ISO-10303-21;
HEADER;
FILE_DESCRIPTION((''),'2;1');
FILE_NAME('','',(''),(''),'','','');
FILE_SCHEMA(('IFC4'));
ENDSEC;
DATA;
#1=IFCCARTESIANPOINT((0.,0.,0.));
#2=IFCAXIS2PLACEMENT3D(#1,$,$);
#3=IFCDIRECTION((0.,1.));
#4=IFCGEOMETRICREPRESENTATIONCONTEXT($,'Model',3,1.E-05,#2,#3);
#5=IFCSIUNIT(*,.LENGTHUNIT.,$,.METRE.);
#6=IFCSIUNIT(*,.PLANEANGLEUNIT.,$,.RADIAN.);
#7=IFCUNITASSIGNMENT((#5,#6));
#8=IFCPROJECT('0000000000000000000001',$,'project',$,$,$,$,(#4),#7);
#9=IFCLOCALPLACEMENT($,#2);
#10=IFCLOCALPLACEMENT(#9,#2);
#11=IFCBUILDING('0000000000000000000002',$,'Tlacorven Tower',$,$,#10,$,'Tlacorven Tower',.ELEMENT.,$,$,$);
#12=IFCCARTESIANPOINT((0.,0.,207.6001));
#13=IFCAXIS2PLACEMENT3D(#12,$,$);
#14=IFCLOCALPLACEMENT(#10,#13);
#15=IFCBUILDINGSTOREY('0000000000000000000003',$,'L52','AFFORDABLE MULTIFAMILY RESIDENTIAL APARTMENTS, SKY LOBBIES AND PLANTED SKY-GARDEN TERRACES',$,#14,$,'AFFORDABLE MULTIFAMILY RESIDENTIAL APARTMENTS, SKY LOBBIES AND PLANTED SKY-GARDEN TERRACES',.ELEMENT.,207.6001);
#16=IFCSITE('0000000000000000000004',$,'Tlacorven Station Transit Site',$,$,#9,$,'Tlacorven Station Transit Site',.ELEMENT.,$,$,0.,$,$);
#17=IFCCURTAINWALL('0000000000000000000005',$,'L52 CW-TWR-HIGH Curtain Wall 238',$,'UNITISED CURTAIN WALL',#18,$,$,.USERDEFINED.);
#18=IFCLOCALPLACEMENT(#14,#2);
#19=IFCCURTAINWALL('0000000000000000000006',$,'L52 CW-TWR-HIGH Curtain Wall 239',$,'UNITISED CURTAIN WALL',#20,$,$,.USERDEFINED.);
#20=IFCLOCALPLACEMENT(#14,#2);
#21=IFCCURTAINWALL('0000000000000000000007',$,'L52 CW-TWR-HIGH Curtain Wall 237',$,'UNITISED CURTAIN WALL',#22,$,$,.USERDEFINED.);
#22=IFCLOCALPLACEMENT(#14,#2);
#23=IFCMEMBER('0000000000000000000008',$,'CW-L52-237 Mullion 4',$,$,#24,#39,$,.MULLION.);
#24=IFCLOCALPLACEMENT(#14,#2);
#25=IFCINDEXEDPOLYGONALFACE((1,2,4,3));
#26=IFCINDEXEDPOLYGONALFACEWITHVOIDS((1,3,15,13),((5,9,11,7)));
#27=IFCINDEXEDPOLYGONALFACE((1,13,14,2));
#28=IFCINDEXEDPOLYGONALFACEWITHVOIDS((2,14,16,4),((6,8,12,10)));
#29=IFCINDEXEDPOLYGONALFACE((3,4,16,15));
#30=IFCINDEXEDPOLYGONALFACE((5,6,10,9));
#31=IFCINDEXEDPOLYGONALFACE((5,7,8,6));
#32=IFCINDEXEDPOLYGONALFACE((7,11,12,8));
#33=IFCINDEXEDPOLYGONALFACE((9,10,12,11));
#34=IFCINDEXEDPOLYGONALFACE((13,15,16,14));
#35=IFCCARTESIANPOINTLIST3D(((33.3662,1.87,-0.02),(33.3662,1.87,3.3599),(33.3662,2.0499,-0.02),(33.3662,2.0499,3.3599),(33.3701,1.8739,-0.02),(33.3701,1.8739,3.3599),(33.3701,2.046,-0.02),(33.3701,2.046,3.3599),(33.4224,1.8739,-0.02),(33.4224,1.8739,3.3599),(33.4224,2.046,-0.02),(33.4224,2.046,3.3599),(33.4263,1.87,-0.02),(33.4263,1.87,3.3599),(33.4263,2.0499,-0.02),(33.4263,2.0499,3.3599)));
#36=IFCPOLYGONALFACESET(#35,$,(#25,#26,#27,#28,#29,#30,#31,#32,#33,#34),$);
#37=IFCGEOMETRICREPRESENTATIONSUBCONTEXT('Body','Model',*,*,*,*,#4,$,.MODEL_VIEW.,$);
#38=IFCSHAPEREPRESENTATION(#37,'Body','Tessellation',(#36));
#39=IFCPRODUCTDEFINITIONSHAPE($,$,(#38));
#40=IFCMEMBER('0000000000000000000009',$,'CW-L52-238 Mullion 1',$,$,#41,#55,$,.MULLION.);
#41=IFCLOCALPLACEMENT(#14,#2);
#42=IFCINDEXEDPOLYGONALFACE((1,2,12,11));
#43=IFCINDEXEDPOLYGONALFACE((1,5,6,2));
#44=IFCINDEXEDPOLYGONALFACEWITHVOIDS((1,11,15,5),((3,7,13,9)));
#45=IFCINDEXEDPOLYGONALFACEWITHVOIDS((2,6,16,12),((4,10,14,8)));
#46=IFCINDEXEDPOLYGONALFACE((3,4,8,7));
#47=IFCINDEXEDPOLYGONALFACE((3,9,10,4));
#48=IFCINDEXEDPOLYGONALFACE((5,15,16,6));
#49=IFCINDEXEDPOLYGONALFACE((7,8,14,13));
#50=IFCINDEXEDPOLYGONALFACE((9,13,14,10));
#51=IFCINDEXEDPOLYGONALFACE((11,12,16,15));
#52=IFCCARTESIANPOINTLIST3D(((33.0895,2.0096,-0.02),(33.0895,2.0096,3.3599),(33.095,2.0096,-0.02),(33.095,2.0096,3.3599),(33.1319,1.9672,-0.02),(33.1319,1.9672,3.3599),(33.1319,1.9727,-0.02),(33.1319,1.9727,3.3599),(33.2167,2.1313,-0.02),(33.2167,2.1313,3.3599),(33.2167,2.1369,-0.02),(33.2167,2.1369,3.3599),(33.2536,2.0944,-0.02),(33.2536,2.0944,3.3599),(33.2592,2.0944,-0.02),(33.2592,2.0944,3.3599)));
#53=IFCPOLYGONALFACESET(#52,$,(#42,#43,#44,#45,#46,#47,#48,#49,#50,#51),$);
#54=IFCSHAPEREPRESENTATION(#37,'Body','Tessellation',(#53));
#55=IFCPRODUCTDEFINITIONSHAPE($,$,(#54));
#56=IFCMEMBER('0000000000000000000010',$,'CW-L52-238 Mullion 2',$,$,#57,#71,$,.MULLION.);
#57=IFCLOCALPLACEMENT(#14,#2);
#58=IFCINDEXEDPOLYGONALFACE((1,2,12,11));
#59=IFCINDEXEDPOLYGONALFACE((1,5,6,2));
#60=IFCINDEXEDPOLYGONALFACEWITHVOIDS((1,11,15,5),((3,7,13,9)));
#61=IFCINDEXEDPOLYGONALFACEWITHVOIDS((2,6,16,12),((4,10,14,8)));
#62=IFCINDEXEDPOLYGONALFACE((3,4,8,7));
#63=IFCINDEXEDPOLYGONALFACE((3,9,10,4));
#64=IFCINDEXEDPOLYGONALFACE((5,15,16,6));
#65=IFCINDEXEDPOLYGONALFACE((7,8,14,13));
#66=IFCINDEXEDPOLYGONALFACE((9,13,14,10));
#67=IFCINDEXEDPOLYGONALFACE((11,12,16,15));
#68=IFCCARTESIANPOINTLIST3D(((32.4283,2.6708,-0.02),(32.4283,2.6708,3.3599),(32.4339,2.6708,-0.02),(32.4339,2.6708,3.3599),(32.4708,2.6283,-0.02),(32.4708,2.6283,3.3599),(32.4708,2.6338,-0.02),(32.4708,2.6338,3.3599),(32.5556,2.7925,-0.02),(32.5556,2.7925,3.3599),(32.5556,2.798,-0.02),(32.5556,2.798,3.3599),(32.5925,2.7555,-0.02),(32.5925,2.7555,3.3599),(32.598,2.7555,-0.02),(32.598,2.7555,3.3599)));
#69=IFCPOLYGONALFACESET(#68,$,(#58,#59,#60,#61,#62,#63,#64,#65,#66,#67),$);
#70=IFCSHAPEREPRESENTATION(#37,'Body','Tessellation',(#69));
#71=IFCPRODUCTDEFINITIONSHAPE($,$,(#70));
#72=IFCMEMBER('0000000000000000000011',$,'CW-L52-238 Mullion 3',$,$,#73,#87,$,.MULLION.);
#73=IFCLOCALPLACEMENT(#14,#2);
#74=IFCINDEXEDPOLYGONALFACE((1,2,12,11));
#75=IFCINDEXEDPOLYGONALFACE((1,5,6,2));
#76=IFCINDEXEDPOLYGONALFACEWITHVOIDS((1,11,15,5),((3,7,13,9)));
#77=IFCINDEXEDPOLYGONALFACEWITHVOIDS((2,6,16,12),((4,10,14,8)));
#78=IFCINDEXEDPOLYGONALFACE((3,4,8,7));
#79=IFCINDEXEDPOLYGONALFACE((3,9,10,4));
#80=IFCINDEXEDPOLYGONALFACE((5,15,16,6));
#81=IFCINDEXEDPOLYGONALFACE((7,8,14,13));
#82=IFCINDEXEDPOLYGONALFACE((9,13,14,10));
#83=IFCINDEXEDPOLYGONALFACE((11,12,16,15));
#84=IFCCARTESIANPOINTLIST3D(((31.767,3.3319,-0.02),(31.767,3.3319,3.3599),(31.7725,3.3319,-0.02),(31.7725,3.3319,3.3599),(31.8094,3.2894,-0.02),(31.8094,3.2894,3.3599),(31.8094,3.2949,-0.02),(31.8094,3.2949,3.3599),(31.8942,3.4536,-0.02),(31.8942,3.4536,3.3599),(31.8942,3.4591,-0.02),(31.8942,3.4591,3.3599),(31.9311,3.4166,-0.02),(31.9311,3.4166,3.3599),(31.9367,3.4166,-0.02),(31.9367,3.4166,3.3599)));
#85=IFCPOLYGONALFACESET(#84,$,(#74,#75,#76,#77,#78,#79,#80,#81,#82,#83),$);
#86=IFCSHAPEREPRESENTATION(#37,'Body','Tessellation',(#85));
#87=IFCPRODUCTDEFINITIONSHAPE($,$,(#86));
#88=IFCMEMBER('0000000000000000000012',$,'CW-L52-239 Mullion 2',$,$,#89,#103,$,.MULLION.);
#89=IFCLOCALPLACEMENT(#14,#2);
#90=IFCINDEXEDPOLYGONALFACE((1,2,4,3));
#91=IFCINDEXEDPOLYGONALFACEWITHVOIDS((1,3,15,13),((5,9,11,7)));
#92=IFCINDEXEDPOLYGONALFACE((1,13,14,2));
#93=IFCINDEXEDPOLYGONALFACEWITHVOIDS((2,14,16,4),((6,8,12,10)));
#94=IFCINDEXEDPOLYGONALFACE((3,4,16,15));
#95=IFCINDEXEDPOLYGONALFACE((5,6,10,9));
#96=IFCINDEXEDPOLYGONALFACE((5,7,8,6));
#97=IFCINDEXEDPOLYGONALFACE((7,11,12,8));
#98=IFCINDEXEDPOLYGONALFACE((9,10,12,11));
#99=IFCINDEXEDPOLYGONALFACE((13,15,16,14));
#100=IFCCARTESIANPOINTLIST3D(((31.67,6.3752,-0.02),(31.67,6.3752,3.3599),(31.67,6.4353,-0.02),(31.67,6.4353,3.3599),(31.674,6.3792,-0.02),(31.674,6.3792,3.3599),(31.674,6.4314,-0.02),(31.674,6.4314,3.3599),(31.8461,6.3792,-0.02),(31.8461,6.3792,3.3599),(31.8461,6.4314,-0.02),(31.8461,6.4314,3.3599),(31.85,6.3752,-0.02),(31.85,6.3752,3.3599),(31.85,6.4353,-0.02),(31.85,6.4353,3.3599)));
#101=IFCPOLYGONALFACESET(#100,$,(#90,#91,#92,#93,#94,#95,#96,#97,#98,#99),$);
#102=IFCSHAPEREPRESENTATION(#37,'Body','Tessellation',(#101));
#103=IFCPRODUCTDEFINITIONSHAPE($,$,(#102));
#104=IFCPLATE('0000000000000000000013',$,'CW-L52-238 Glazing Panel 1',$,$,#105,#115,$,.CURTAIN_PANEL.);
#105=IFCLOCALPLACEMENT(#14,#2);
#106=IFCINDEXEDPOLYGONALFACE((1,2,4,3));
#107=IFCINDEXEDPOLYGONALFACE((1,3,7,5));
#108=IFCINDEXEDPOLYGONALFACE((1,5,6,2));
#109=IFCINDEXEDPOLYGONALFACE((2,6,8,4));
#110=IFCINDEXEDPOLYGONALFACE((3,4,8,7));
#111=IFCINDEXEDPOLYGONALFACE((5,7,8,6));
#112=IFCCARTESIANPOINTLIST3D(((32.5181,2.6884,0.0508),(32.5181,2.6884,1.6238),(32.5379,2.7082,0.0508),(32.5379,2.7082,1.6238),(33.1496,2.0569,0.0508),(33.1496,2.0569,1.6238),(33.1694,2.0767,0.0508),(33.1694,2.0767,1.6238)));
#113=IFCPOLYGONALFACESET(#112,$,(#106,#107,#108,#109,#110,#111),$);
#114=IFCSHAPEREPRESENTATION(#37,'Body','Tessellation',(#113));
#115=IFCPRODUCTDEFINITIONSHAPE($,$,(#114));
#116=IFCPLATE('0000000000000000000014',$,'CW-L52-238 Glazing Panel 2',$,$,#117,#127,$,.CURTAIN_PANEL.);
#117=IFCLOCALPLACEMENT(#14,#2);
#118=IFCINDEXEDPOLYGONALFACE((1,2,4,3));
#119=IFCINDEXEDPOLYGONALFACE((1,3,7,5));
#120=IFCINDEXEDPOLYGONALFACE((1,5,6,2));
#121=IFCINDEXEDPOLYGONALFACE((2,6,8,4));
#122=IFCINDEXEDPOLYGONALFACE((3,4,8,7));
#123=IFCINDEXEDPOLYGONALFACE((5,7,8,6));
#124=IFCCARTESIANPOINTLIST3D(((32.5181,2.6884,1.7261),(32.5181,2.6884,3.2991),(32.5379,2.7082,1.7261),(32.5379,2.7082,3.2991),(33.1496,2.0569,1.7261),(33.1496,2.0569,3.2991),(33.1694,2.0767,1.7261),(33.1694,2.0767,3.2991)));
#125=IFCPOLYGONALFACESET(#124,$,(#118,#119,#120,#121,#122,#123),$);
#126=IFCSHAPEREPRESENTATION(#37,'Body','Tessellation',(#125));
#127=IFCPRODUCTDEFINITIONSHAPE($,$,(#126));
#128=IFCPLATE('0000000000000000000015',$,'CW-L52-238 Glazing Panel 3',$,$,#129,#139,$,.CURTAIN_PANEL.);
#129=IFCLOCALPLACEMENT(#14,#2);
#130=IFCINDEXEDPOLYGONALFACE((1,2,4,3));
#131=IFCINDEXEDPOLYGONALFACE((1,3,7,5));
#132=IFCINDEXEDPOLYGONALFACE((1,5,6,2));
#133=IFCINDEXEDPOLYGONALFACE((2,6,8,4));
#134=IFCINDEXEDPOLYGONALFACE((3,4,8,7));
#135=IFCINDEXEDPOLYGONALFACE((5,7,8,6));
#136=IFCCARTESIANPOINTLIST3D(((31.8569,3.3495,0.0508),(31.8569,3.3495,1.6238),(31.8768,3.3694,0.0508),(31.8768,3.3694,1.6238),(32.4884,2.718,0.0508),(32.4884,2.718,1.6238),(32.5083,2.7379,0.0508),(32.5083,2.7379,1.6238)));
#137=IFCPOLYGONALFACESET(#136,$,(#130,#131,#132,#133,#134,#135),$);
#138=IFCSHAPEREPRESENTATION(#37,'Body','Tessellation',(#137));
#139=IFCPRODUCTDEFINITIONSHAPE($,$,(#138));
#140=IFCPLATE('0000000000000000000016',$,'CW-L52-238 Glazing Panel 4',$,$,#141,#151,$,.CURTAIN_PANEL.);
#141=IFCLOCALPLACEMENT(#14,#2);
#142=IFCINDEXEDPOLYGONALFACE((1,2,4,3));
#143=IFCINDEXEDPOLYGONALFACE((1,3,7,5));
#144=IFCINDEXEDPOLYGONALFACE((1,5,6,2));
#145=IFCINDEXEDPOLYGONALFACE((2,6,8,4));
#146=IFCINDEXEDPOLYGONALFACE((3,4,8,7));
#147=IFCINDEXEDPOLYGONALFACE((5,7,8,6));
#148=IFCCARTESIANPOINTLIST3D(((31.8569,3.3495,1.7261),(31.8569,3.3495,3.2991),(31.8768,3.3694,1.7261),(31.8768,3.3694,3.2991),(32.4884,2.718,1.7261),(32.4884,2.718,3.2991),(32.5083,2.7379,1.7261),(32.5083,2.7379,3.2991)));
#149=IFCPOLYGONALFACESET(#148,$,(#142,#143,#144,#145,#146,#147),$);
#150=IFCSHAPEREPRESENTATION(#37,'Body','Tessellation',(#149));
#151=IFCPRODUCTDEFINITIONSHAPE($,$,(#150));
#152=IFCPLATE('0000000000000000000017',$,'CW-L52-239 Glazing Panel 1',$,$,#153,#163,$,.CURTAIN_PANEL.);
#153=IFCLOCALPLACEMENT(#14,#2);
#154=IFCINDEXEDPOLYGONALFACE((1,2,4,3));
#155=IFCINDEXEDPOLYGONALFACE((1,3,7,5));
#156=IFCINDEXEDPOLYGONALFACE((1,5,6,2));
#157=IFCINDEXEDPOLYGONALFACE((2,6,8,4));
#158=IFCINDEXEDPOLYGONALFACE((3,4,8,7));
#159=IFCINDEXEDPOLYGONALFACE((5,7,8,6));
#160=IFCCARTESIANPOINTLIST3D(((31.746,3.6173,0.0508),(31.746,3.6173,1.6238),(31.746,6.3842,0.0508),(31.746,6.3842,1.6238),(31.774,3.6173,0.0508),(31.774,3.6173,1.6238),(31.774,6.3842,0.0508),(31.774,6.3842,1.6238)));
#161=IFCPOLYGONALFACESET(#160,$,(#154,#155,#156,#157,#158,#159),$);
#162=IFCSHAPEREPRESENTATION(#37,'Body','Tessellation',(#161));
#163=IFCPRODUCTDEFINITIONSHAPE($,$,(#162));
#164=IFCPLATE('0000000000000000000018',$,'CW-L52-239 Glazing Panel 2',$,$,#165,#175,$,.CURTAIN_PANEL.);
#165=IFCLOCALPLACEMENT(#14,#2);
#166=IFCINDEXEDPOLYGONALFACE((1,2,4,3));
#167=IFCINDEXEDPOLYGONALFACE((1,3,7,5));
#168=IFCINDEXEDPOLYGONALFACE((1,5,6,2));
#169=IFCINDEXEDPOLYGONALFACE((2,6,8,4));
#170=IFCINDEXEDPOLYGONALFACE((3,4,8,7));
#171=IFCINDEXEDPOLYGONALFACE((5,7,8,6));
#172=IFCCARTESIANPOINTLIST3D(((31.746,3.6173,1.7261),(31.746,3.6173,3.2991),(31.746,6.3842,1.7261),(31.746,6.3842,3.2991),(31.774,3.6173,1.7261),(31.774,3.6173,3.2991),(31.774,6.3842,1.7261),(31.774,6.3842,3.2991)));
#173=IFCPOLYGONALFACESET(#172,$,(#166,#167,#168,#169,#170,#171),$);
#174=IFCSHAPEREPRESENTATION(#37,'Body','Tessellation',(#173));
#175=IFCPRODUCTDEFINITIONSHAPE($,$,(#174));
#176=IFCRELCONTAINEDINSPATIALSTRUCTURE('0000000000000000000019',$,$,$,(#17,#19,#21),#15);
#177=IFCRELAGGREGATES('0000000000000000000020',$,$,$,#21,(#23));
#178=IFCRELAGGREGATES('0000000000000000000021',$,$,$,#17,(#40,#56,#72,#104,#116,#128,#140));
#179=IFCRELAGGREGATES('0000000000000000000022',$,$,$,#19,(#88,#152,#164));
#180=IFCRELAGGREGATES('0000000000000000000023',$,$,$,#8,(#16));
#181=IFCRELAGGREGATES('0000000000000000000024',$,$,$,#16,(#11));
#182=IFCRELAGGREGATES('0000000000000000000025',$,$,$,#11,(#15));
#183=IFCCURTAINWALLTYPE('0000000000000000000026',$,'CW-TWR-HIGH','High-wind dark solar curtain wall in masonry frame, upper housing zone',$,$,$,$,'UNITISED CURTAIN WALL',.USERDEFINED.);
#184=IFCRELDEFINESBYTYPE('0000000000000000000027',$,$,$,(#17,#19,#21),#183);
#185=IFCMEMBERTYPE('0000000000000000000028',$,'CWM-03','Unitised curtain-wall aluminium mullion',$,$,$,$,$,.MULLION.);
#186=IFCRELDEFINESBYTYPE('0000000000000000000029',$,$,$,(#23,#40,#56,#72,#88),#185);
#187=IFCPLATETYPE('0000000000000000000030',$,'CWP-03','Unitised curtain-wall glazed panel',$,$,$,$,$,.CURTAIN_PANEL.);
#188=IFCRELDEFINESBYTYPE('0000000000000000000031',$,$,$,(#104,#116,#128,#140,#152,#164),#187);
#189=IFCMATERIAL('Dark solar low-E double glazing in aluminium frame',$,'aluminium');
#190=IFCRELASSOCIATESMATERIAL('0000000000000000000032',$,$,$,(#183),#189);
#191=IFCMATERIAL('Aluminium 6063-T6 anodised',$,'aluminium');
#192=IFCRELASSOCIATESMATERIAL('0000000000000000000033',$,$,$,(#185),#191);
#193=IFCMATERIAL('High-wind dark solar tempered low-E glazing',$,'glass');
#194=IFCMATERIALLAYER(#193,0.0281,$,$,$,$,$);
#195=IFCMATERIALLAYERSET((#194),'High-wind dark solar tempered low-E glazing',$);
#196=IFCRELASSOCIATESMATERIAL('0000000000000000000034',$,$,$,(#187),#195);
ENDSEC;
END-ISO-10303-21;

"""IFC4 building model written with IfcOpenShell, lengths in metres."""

from ifc_helpers import new_model, si_unit, direction, frame, origin, origin_2d, place, context, subcontext, project, spatial, rectangle, hollow_rectangle, extrude, source, transform, mapped, material, layer, layer_set, material_profile, profile_set, type_object, element, aggregate, save


model = new_model("IFC4")

# Units and contexts
model_context = context("Model", 3, precision=1e-05, world=origin(), true_north=direction((0.0, 1.0)))
body_context = subcontext(model_context, "Body", "Model", "MODEL_VIEW")
ifc_project = project(units=[si_unit("LENGTHUNIT", "METRE"), si_unit("PLANEANGLEUNIT", "RADIAN")], contexts=[model_context])

# Site, building, storey
site_placement = place(None, origin())
site = spatial("IfcSite", under=ifc_project, at=site_placement, Name="Tlacorven Station Transit Site", LongName="Tlacorven Station Transit Site", CompositionType="ELEMENT", RefElevation=0.0)
building_placement = place(site_placement, origin())
building = spatial("IfcBuilding", under=site, at=building_placement, Name="Tlacorven Tower", LongName="Tlacorven Tower", CompositionType="ELEMENT")
storey_placement = place(building_placement, frame((0.0, 0.0, 207.6001)))
storey = spatial("IfcBuildingStorey", under=building, at=storey_placement, Name="L52", Description="AFFORDABLE MULTIFAMILY RESIDENTIAL APARTMENTS, SKY LOBBIES AND PLANTED SKY-GARDEN TERRACES", LongName="AFFORDABLE MULTIFAMILY RESIDENTIAL APARTMENTS, SKY LOBBIES AND PLANTED SKY-GARDEN TERRACES", CompositionType="ELEMENT", Elevation=207.6001)

# Curtain walls
ifc_material_1 = material(Name="Dark solar low-E double glazing in aluminium frame", Category="aluminium")
curtain_wall_type = type_object("IfcCurtainWallType", Name="CW-TWR-HIGH", Description="High-wind dark solar curtain wall in masonry frame, upper housing zone", ElementType="UNITISED CURTAIN WALL", PredefinedType="USERDEFINED", material=ifc_material_1)
curtain_wall_1_placement = place(storey_placement, origin())
curtain_wall_1 = element("IfcCurtainWall", 1, at=curtain_wall_1_placement, inside=storey, type_object=curtain_wall_type, Name="L52 CW-TWR-HIGH Curtain Wall 238", ObjectType="UNITISED CURTAIN WALL", PredefinedType="USERDEFINED")
ifc_material_2 = material(Name="Aluminium 6063-T6 anodised", Category="aluminium")
curtain_wall_2_placement = place(storey_placement, origin())
curtain_wall_2 = element("IfcCurtainWall", 2, at=curtain_wall_2_placement, inside=storey, type_object=curtain_wall_type, Name="L52 CW-TWR-HIGH Curtain Wall 239", ObjectType="UNITISED CURTAIN WALL", PredefinedType="USERDEFINED")

# Curtain wall, member
curtain_wall_3_placement = place(storey_placement, origin())
curtain_wall_3 = element("IfcCurtainWall", 3, at=curtain_wall_3_placement, inside=storey, type_object=curtain_wall_type, Name="L52 CW-TWR-HIGH Curtain Wall 237", ObjectType="UNITISED CURTAIN WALL", PredefinedType="USERDEFINED")
ifc_material_profile_1 = material_profile(ifc_material_2, hollow_rectangle(XDim=0.0601, YDim=0.1799, WallThickness=0.0039, at=origin_2d()), Name="ALU MULLION 60X180")
ifc_profile_set_1 = profile_set([ifc_material_profile_1], Name="Aluminium 6063-T6 anodised")
member_type_1 = type_object("IfcMemberType", Name="CWM-03", Description="Unitised curtain-wall aluminium mullion", PredefinedType="MULLION", material=ifc_profile_set_1)
shared_shape_1 = source(origin(), body_context, "Body", "SweptSolid", [
    extrude(hollow_rectangle(XDim=0.0601, YDim=0.1799, WallThickness=0.0039, at=origin_2d()), origin(), (0.0, 0.0, 1.0), 3.3799),
])
member_1_placement = place(storey_placement, frame((33.3962, 1.96, -0.02), z_axis=(0.0, 0.0, 1.0), x_axis=(-1.0, 0.0, 0.0)))
member_1 = element("IfcMember", 4, at=member_1_placement, type_object=member_type_1, Name="CW-L52-237 Mullion 4", PredefinedType="MULLION", context=body_context, shape_type="MappedRepresentation", body=[
    mapped(shared_shape_1, transform((0.0, 0.0, 0.0), scale=1.0)),
])
aggregate(curtain_wall_3, [member_1])

# Members
member_2_placement = place(storey_placement, frame((33.1743, 2.052, -0.02), z_axis=(0.0, 0.0, 1.0), x_axis=(-0.707107, 0.707107, 0.0)))
member_2 = element("IfcMember", 5, at=member_2_placement, type_object=member_type_1, Name="CW-L52-238 Mullion 1", PredefinedType="MULLION", context=body_context, shape_type="MappedRepresentation", body=[
    mapped(shared_shape_1, transform((0.0, 0.0, 0.0), scale=1.0)),
])
member_3_placement = place(storey_placement, frame((32.5132, 2.7131, -0.02), z_axis=(0.0, 0.0, 1.0), x_axis=(-0.707107, 0.707107, 0.0)))
member_3 = element("IfcMember", 6, at=member_3_placement, type_object=member_type_1, Name="CW-L52-238 Mullion 2", PredefinedType="MULLION", context=body_context, shape_type="MappedRepresentation", body=[
    mapped(shared_shape_1, transform((0.0, 0.0, 0.0), scale=1.0)),
])
member_4_placement = place(storey_placement, frame((31.8518, 3.3743, -0.02), z_axis=(0.0, 0.0, 1.0), x_axis=(-0.707107, 0.707107, 0.0)))
member_4 = element("IfcMember", 7, at=member_4_placement, type_object=member_type_1, Name="CW-L52-238 Mullion 3", PredefinedType="MULLION", context=body_context, shape_type="MappedRepresentation", body=[
    mapped(shared_shape_1, transform((0.0, 0.0, 0.0), scale=1.0)),
])
member_5_placement = place(storey_placement, frame((31.76, 6.4053, -0.02), z_axis=(0.0, 0.0, 1.0), x_axis=(0.0, 1.0, 0.0)))
member_5 = element("IfcMember", 8, at=member_5_placement, type_object=member_type_1, Name="CW-L52-239 Mullion 2", PredefinedType="MULLION", context=body_context, shape_type="MappedRepresentation", body=[
    mapped(shared_shape_1, transform((0.0, 0.0, 0.0), scale=1.0)),
])

# Plates
ifc_material_3 = material(Name="High-wind dark solar tempered low-E glazing", Category="glass")
ifc_layer = layer(ifc_material_3, 0.0281)
ifc_layer_set = layer_set([ifc_layer], Name="High-wind dark solar tempered low-E glazing")
plate_type = type_object("IfcPlateType", Name="CWP-03", Description="Unitised curtain-wall glazed panel", PredefinedType="CURTAIN_PANEL", material=ifc_layer_set)
shared_shape_2 = source(origin(), body_context, "Body", "SweptSolid", [
    extrude(rectangle(XDim=0.8931, YDim=0.0281, at=origin_2d()), origin(), (0.0, 0.0, 1.0), 1.573),
])
plate_1_placement = place(storey_placement, frame((32.8438, 2.3826, 0.0508), z_axis=(0.0, 0.0, 1.0), x_axis=(-0.707107, 0.707107, 0.0)))
plate_1 = element("IfcPlate", 9, at=plate_1_placement, type_object=plate_type, Name="CW-L52-238 Glazing Panel 1", PredefinedType="CURTAIN_PANEL", context=body_context, shape_type="MappedRepresentation", body=[
    mapped(shared_shape_2, transform((0.0, 0.0, 0.0), scale=1.0)),
])
plate_2_placement = place(storey_placement, frame((32.8438, 2.3826, 1.7261), z_axis=(0.0, 0.0, 1.0), x_axis=(-0.707107, 0.707107, 0.0)))
plate_2 = element("IfcPlate", 10, at=plate_2_placement, type_object=plate_type, Name="CW-L52-238 Glazing Panel 2", PredefinedType="CURTAIN_PANEL", context=body_context, shape_type="MappedRepresentation", body=[
    mapped(shared_shape_2, transform((0.0, 0.0, 0.0), scale=1.0)),
])
plate_3_placement = place(storey_placement, frame((32.1826, 3.0437, 0.0508), z_axis=(0.0, 0.0, 1.0), x_axis=(-0.707107, 0.707107, 0.0)))
plate_3 = element("IfcPlate", 11, at=plate_3_placement, type_object=plate_type, Name="CW-L52-238 Glazing Panel 3", PredefinedType="CURTAIN_PANEL", context=body_context, shape_type="MappedRepresentation", body=[
    mapped(shared_shape_2, transform((0.0, 0.0, 0.0), scale=1.0)),
])
plate_4_placement = place(storey_placement, frame((32.1826, 3.0437, 1.7261), z_axis=(0.0, 0.0, 1.0), x_axis=(-0.707107, 0.707107, 0.0)))
plate_4 = element("IfcPlate", 12, at=plate_4_placement, type_object=plate_type, Name="CW-L52-238 Glazing Panel 4", PredefinedType="CURTAIN_PANEL", context=body_context, shape_type="MappedRepresentation", body=[
    mapped(shared_shape_2, transform((0.0, 0.0, 0.0), scale=1.0)),
])
aggregate(curtain_wall_1, [member_2, member_3, member_4, plate_1, plate_2, plate_3, plate_4])
shared_shape_3 = source(origin(), body_context, "Body", "SweptSolid", [
    extrude(rectangle(XDim=2.7668, YDim=0.0281, at=origin_2d()), origin(), (0.0, 0.0, 1.0), 1.573),
])
plate_5_placement = place(storey_placement, frame((31.76, 5.0007, 0.0508), z_axis=(0.0, 0.0, 1.0), x_axis=(0.0, 1.0, 0.0)))
plate_5 = element("IfcPlate", 13, at=plate_5_placement, type_object=plate_type, Name="CW-L52-239 Glazing Panel 1", PredefinedType="CURTAIN_PANEL", context=body_context, shape_type="MappedRepresentation", body=[
    mapped(shared_shape_3, transform((0.0, 0.0, 0.0), scale=1.0)),
])
plate_6_placement = place(storey_placement, frame((31.76, 5.0007, 1.7261), z_axis=(0.0, 0.0, 1.0), x_axis=(0.0, 1.0, 0.0)))
plate_6 = element("IfcPlate", 14, at=plate_6_placement, type_object=plate_type, Name="CW-L52-239 Glazing Panel 2", PredefinedType="CURTAIN_PANEL", context=body_context, shape_type="MappedRepresentation", body=[
    mapped(shared_shape_3, transform((0.0, 0.0, 0.0), scale=1.0)),
])
aggregate(curtain_wall_2, [member_5, plate_5, plate_6])

save(model, "model.ifc")
